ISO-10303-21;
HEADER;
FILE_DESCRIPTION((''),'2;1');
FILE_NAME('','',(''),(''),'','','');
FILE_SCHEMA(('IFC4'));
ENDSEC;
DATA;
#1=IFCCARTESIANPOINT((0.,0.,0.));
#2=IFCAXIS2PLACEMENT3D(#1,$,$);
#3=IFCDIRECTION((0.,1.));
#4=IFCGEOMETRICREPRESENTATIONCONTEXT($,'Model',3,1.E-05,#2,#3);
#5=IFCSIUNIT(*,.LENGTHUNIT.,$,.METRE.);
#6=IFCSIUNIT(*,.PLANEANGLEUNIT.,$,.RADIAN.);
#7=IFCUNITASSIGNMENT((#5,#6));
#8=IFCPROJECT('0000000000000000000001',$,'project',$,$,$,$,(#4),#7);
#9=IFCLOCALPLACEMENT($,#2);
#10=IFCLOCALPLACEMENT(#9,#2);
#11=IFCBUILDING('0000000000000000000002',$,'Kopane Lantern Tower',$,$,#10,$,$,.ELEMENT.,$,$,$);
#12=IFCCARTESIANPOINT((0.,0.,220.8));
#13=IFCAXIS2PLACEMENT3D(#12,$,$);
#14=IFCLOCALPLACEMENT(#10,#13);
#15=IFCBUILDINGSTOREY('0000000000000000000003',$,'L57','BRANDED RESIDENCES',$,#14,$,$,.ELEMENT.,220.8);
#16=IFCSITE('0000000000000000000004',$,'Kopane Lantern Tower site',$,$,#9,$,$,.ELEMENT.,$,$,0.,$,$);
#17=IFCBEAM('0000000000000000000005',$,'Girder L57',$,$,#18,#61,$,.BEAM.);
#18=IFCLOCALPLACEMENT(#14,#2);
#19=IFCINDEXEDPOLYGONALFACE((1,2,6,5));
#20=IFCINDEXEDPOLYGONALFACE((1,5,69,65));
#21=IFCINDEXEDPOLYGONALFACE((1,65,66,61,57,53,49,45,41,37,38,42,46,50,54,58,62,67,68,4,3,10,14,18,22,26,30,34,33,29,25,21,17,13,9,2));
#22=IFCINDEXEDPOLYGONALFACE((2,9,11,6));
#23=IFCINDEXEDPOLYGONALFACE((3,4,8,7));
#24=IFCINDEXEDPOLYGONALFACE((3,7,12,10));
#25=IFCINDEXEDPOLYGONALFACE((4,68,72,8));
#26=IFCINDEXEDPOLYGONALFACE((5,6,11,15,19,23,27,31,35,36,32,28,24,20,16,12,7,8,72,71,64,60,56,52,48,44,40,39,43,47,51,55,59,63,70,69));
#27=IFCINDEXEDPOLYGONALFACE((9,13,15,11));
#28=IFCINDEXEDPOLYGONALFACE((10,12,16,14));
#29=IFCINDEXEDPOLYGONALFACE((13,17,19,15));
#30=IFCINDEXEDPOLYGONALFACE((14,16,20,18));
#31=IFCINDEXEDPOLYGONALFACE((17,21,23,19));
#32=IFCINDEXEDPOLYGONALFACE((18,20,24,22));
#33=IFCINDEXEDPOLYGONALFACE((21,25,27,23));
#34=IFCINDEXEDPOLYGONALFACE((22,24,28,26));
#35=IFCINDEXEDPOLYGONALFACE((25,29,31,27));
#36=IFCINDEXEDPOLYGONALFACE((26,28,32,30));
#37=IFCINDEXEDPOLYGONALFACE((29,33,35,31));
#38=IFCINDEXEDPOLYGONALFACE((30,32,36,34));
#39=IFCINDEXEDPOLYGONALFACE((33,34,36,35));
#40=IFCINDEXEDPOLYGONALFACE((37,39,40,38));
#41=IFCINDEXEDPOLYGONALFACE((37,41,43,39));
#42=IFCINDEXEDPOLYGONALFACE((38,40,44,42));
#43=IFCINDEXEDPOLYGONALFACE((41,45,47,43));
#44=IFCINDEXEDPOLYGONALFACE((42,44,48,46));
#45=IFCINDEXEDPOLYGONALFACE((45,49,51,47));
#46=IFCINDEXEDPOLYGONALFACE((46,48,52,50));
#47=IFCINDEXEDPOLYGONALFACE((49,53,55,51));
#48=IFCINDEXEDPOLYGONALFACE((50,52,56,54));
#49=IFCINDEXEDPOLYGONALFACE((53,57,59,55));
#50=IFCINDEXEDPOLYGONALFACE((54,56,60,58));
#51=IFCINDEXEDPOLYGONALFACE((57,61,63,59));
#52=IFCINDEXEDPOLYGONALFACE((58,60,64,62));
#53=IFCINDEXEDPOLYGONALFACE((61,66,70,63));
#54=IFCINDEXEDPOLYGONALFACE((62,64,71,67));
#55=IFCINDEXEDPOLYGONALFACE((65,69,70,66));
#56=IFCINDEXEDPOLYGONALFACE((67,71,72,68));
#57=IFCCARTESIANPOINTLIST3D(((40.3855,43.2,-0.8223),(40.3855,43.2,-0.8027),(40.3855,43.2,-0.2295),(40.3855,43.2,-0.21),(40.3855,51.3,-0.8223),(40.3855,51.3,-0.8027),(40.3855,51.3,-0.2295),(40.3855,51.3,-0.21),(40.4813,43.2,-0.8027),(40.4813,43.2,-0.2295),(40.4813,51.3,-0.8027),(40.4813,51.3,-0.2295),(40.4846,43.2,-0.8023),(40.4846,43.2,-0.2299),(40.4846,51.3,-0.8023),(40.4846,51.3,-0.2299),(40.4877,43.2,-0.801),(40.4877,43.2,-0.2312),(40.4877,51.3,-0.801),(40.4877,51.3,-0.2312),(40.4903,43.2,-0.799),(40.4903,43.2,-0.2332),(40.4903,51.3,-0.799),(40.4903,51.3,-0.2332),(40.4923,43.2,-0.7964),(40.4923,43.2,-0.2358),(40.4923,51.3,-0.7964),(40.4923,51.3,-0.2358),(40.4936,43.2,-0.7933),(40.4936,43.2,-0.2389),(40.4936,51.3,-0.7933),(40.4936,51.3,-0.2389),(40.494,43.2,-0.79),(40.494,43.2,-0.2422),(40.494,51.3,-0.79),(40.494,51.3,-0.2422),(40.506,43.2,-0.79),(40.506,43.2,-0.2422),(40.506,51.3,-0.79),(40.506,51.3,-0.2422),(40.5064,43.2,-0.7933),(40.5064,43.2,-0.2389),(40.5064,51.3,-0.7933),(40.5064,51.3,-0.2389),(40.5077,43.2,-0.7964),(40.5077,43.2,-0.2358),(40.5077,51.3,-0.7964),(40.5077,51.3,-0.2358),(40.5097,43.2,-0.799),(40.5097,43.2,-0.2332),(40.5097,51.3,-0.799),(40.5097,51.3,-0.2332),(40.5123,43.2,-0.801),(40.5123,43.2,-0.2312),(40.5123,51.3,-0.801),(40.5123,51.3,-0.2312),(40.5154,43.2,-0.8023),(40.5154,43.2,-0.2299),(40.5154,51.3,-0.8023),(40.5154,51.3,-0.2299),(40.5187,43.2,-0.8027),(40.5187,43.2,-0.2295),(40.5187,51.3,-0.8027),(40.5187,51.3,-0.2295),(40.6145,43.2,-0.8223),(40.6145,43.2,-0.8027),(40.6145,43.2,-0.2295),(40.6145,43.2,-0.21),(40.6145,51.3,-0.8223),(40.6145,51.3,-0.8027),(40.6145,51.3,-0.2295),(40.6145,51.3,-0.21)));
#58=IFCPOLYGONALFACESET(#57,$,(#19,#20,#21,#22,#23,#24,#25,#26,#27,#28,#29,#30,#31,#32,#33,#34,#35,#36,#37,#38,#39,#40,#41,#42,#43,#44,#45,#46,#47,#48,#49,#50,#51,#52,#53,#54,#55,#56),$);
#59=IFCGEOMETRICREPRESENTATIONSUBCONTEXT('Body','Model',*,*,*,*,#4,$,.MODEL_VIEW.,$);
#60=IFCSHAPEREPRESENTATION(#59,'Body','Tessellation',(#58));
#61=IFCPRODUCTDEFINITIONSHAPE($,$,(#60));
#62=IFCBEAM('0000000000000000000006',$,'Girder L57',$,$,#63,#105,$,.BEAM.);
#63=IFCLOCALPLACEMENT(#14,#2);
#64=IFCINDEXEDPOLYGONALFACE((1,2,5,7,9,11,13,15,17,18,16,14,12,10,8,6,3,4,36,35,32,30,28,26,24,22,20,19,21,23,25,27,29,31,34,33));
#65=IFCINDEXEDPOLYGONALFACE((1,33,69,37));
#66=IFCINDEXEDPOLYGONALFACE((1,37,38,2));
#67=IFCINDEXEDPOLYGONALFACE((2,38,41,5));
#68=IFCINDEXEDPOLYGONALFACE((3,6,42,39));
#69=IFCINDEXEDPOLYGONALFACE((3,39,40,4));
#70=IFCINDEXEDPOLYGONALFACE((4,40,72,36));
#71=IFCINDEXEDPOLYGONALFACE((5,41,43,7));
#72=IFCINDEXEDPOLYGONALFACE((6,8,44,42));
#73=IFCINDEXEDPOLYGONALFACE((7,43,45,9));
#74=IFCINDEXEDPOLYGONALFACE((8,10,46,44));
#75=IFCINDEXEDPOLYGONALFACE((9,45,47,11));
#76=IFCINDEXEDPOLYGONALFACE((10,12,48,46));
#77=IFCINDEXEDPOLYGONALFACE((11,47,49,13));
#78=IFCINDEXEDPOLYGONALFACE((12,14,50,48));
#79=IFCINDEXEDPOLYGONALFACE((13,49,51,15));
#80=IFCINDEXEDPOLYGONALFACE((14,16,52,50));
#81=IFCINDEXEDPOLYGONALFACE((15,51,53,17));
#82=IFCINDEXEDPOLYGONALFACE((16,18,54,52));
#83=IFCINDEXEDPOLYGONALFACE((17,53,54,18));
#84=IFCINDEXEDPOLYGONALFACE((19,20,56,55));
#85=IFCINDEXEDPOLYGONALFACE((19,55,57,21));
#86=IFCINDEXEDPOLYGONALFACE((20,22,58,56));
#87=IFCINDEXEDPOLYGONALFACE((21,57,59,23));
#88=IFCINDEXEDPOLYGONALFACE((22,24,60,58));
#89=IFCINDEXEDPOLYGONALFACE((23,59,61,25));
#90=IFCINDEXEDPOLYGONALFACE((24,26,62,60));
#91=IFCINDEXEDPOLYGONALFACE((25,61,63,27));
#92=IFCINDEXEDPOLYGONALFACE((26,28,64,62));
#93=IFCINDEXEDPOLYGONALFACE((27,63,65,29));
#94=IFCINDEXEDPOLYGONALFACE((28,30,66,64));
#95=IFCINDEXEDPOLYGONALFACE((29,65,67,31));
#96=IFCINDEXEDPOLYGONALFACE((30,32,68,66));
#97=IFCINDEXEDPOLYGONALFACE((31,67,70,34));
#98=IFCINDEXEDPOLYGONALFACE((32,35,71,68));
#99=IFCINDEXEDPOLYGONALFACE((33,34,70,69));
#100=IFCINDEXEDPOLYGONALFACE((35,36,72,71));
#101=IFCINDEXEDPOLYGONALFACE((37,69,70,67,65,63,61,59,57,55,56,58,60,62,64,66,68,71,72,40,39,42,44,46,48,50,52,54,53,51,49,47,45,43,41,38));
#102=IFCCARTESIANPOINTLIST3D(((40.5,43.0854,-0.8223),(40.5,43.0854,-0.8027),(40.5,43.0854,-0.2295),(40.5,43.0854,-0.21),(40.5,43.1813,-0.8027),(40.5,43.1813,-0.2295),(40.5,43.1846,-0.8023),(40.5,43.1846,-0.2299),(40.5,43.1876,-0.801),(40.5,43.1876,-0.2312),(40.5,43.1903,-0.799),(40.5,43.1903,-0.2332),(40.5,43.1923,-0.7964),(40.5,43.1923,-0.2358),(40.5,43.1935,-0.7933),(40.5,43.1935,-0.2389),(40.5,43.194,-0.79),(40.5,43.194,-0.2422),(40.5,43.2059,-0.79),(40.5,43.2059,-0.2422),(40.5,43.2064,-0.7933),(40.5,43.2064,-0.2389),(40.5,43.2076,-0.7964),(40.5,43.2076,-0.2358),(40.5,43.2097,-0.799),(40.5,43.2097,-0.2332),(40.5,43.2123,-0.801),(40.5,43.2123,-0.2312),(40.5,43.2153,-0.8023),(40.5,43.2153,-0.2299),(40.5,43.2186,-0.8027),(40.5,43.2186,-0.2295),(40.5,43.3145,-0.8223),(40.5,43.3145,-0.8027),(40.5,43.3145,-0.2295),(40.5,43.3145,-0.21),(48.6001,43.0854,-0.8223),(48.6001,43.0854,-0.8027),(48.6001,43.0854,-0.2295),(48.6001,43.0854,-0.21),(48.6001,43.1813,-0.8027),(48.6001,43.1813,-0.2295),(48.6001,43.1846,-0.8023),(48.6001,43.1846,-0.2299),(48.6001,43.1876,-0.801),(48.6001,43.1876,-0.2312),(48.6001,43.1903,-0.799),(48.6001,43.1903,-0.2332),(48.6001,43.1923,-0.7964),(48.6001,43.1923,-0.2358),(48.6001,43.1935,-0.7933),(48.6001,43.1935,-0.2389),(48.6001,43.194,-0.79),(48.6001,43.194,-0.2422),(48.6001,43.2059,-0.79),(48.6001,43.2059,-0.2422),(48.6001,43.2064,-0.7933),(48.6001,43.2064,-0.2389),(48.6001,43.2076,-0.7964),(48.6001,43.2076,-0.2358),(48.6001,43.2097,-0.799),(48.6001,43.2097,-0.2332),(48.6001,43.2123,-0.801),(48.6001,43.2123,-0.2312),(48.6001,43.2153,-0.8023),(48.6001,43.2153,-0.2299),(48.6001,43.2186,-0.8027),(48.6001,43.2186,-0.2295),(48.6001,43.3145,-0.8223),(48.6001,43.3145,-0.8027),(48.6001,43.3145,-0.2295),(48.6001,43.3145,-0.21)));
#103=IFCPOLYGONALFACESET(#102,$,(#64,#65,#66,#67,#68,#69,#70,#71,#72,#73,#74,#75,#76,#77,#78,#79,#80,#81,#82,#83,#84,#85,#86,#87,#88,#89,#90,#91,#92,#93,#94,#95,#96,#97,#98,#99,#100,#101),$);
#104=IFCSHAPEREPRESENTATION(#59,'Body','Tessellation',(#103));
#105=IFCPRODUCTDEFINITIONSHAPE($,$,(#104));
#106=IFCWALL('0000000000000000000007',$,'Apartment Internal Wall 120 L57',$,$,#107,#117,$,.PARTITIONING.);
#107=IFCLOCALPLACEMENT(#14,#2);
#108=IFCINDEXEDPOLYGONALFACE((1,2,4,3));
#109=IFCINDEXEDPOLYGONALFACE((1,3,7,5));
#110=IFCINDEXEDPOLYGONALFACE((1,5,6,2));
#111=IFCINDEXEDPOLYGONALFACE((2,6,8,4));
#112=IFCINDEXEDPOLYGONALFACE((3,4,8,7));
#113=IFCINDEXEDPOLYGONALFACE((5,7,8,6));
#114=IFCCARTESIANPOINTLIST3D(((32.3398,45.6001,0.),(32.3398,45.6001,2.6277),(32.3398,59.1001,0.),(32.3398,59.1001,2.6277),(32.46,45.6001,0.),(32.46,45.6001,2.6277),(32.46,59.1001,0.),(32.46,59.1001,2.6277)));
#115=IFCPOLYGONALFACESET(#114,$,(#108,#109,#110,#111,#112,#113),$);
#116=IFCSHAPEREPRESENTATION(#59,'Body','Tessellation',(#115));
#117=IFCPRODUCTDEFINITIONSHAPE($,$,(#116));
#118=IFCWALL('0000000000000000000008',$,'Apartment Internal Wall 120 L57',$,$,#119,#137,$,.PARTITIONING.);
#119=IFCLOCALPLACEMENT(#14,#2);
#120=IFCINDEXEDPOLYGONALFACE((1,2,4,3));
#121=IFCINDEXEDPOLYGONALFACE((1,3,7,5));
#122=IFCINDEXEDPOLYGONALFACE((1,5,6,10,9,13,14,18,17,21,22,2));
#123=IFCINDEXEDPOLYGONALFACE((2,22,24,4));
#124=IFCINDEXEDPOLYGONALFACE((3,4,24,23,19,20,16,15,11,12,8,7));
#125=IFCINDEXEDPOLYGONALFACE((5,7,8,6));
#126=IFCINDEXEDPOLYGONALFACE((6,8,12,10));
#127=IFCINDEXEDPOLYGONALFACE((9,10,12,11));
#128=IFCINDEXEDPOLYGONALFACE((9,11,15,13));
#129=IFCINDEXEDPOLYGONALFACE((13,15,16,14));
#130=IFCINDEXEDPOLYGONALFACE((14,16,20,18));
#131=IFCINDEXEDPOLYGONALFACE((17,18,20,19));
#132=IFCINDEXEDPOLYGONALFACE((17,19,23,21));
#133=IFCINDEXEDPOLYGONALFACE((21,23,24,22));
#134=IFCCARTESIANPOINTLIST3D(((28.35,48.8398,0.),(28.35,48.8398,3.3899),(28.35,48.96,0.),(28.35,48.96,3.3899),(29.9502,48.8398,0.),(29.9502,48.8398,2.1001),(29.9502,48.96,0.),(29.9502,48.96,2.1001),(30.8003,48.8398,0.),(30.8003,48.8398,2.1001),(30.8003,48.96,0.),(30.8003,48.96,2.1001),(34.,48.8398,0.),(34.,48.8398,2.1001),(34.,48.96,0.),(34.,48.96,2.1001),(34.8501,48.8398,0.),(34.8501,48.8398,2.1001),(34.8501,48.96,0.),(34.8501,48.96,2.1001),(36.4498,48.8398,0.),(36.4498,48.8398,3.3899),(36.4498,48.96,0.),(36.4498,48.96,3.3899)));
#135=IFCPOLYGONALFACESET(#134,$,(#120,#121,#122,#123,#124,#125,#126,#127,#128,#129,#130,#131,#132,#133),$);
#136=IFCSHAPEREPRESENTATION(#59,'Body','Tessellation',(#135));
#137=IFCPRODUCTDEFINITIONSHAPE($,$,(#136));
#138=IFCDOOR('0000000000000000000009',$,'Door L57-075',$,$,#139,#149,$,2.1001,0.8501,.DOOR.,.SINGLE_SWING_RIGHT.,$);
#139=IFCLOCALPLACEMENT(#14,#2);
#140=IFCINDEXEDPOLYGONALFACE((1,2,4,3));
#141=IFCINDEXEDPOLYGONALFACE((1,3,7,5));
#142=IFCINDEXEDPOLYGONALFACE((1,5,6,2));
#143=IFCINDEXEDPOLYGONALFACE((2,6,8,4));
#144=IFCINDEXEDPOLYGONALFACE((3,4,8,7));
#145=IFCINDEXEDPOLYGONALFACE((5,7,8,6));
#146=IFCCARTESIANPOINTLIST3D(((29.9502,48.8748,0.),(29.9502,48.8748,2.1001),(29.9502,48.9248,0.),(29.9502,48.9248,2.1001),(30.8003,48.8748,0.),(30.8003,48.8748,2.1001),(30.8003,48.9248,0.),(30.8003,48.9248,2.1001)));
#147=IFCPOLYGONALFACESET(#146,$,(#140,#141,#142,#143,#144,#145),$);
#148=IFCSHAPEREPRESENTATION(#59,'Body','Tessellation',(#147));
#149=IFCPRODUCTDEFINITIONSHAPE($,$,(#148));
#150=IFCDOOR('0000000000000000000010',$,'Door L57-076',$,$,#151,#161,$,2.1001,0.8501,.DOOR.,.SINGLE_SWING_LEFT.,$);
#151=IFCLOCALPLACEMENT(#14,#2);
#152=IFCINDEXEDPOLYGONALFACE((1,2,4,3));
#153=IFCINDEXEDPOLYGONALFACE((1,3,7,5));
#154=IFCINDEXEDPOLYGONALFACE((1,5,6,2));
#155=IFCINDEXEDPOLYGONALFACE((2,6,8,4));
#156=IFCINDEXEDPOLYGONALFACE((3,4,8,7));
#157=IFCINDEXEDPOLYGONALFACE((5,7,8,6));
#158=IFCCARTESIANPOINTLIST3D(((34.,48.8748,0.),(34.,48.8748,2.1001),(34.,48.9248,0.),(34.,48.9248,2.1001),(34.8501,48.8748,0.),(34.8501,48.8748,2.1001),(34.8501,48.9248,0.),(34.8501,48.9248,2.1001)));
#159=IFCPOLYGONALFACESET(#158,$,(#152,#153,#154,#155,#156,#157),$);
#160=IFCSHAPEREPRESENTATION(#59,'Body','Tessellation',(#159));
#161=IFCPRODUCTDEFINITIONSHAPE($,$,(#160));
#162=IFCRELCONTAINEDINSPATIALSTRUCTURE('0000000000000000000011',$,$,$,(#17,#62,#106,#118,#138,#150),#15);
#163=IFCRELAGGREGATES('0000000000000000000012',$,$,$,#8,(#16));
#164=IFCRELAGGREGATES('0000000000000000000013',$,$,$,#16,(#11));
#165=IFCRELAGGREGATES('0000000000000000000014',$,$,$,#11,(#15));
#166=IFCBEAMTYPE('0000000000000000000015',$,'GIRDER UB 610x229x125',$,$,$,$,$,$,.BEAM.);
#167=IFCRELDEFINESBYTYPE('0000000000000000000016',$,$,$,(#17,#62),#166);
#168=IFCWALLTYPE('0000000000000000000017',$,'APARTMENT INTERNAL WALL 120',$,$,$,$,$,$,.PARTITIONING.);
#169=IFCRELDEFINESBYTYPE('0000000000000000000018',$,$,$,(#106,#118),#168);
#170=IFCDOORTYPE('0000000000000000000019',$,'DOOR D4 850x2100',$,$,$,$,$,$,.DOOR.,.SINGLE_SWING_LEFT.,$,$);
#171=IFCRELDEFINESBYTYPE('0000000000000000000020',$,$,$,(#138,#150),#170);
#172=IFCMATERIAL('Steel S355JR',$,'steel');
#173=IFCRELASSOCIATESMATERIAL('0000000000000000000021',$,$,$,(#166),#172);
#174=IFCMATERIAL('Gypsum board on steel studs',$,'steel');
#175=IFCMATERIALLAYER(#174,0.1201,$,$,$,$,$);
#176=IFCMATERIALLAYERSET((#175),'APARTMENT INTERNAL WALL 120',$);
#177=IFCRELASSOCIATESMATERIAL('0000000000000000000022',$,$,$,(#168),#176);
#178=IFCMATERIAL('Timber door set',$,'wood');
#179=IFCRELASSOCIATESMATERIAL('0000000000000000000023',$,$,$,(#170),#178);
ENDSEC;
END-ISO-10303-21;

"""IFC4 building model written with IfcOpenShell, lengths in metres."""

from ifc_helpers import new_model, si_unit, direction, frame, frame_2d, origin, origin_2d, place, context, subcontext, project, spatial, rectangle, i_section, extrude, material, layer, layer_set, material_profile, profile_set, type_object, element, fill, save


model = new_model("IFC4")

# Units and contexts
model_context = context("Model", 3, precision=1e-05, world=origin(), true_north=direction((0.0, 1.0)))
body_context = subcontext(model_context, "Body", "Model", "MODEL_VIEW")
ifc_project = project(units=[si_unit("LENGTHUNIT", "METRE"), si_unit("PLANEANGLEUNIT", "RADIAN")], contexts=[model_context])

# Site, building, storey
site_placement = place(None, origin())
site = spatial("IfcSite", under=ifc_project, at=site_placement, Name="Kopane Lantern Tower site", CompositionType="ELEMENT", RefElevation=0.0)
building_placement = place(site_placement, origin())
building = spatial("IfcBuilding", under=site, at=building_placement, Name="Kopane Lantern Tower", CompositionType="ELEMENT")
storey_placement = place(building_placement, frame((0.0, 0.0, 220.8)))
storey = spatial("IfcBuildingStorey", under=building, at=storey_placement, Name="L57", Description="BRANDED RESIDENCES", CompositionType="ELEMENT", Elevation=220.8)

# Beams
ifc_material_1 = material(Name="Steel S355JR", Category="steel")
ifc_material_profile_1 = material_profile(ifc_material_1, i_section(OverallWidth=0.229, OverallDepth=0.6123, WebThickness=0.012, FlangeThickness=0.0195, FilletRadius=0.0127, at=origin_2d()), Name="UB 610x229x125")
ifc_profile_set_1 = profile_set([ifc_material_profile_1], Name="Steel S355JR")
beam_type_1 = type_object("IfcBeamType", Name="GIRDER UB 610x229x125", PredefinedType="BEAM", material=ifc_profile_set_1)
for number, where, z_axis, x_axis, name in (
    (1, (40.5, 43.2, -0.5161), (0.0, 1.0, 0.0), (-1.0, 0.0, 0.0), "Girder L57"),
    (2, (40.5, 43.2, -0.5161), (1.0, 0.0, 0.0), (0.0, 1.0, 0.0), "Girder L57"),
):
    element("IfcBeam", number, at=place(storey_placement, frame(where, z_axis=z_axis, x_axis=x_axis)), inside=storey, type_object=beam_type_1, Name=name, PredefinedType="BEAM", context=body_context, shape_type="SweptSolid", body=[
        extrude(i_section(OverallWidth=0.229, OverallDepth=0.6123, WebThickness=0.012, FlangeThickness=0.0195, FilletRadius=0.0127, at=origin_2d()), origin(), (0.0, 0.0, 1.0), 8.1001),
    ])

# Wall
ifc_material_2 = material(Name="Gypsum board on steel studs", Category="steel")
ifc_layer_1 = layer(ifc_material_2, 0.1201)
ifc_layer_set_1 = layer_set([ifc_layer_1], Name="APARTMENT INTERNAL WALL 120")
wall_type_1 = type_object("IfcWallType", Name="APARTMENT INTERNAL WALL 120", PredefinedType="PARTITIONING", material=ifc_layer_set_1)
wall_1_placement = place(storey_placement, frame((32.3999, 45.6001, 0.0), z_axis=(0.0, 0.0, 1.0), x_axis=(0.0, 1.0, 0.0)))
element("IfcWall", 3, at=wall_1_placement, inside=storey, type_object=wall_type_1, Name="Apartment Internal Wall 120 L57", PredefinedType="PARTITIONING", context=body_context, shape_type="SweptSolid", body=[
    extrude(rectangle(XDim=13.5, YDim=0.1201, at=frame_2d((6.75, 0.0))), origin(), (0.0, 0.0, 1.0), 2.6277),
])

# Wall, openings, doors
wall_2_placement = place(storey_placement, frame((28.3501, 48.8999, 0.0), z_axis=(0.0, 0.0, 1.0), x_axis=(1.0, 0.0, 0.0)))
wall_2 = element("IfcWall", 4, at=wall_2_placement, inside=storey, type_object=wall_type_1, Name="Apartment Internal Wall 120 L57", PredefinedType="PARTITIONING", context=body_context, shape_type="SweptSolid", body=[
    extrude(rectangle(XDim=8.0999, YDim=0.1201, at=frame_2d((4.0498, 0.0))), origin(), (0.0, 0.0, 1.0), 3.3899),
])
opening_1_placement = place(wall_2_placement, frame((1.6001, 0.0, 0.0)))
opening_1 = element("IfcOpeningElement", 5, at=opening_1_placement, cuts=wall_2, PredefinedType="OPENING", context=body_context, shape_type="SweptSolid", body=[
    extrude(rectangle(XDim=0.8501, YDim=2.1001, at=frame_2d((0.425, 1.05))), frame((0.0, 0.0701, 0.0), z_axis=(0.0, -1.0, 0.0), x_axis=(1.0, 0.0, 0.0)), (0.0, 0.0, 1.0), 0.1401),
])
opening_2_placement = place(wall_2_placement, frame((5.6499, 0.0, 0.0)))
opening_2 = element("IfcOpeningElement", 6, at=opening_2_placement, cuts=wall_2, PredefinedType="OPENING", context=body_context, shape_type="SweptSolid", body=[
    extrude(rectangle(XDim=0.8501, YDim=2.1001, at=frame_2d((0.425, 1.05))), frame((0.0, 0.0701, 0.0), z_axis=(0.0, -1.0, 0.0), x_axis=(1.0, 0.0, 0.0)), (0.0, 0.0, 1.0), 0.1401),
])
ifc_material_3 = material(Name="Timber door set", Category="wood")
door_type_1 = type_object("IfcDoorType", Name="DOOR D4 850x2100", OperationType="SINGLE_SWING_LEFT", PredefinedType="DOOR", material=ifc_material_3)
door_1_placement = place(opening_1_placement, origin())
door_1 = element("IfcDoor", 7, at=door_1_placement, inside=storey, type_object=door_type_1, Name="Door L57-075", OperationType="SINGLE_SWING_RIGHT", OverallHeight=2.1001, OverallWidth=0.8501, PredefinedType="DOOR", context=body_context, shape_type="SweptSolid", body=[
    extrude(rectangle(XDim=0.8501, YDim=2.1001, at=frame_2d((0.425, 1.05))), frame((0.0, 0.0249, 0.0), z_axis=(0.0, -1.0, 0.0), x_axis=(1.0, 0.0, 0.0)), (0.0, 0.0, 1.0), 0.05),
])
fill(opening_1, door_1)
door_2_placement = place(opening_2_placement, origin())
door_2 = element("IfcDoor", 8, at=door_2_placement, inside=storey, type_object=door_type_1, Name="Door L57-076", OperationType="SINGLE_SWING_LEFT", OverallHeight=2.1001, OverallWidth=0.8501, PredefinedType="DOOR", context=body_context, shape_type="SweptSolid", body=[
    extrude(rectangle(XDim=0.8501, YDim=2.1001, at=frame_2d((0.425, 1.05))), frame((0.0, 0.0249, 0.0), z_axis=(0.0, -1.0, 0.0), x_axis=(1.0, 0.0, 0.0)), (0.0, 0.0, 1.0), 0.05),
])
fill(opening_2, door_2)

save(model, "model.ifc")
